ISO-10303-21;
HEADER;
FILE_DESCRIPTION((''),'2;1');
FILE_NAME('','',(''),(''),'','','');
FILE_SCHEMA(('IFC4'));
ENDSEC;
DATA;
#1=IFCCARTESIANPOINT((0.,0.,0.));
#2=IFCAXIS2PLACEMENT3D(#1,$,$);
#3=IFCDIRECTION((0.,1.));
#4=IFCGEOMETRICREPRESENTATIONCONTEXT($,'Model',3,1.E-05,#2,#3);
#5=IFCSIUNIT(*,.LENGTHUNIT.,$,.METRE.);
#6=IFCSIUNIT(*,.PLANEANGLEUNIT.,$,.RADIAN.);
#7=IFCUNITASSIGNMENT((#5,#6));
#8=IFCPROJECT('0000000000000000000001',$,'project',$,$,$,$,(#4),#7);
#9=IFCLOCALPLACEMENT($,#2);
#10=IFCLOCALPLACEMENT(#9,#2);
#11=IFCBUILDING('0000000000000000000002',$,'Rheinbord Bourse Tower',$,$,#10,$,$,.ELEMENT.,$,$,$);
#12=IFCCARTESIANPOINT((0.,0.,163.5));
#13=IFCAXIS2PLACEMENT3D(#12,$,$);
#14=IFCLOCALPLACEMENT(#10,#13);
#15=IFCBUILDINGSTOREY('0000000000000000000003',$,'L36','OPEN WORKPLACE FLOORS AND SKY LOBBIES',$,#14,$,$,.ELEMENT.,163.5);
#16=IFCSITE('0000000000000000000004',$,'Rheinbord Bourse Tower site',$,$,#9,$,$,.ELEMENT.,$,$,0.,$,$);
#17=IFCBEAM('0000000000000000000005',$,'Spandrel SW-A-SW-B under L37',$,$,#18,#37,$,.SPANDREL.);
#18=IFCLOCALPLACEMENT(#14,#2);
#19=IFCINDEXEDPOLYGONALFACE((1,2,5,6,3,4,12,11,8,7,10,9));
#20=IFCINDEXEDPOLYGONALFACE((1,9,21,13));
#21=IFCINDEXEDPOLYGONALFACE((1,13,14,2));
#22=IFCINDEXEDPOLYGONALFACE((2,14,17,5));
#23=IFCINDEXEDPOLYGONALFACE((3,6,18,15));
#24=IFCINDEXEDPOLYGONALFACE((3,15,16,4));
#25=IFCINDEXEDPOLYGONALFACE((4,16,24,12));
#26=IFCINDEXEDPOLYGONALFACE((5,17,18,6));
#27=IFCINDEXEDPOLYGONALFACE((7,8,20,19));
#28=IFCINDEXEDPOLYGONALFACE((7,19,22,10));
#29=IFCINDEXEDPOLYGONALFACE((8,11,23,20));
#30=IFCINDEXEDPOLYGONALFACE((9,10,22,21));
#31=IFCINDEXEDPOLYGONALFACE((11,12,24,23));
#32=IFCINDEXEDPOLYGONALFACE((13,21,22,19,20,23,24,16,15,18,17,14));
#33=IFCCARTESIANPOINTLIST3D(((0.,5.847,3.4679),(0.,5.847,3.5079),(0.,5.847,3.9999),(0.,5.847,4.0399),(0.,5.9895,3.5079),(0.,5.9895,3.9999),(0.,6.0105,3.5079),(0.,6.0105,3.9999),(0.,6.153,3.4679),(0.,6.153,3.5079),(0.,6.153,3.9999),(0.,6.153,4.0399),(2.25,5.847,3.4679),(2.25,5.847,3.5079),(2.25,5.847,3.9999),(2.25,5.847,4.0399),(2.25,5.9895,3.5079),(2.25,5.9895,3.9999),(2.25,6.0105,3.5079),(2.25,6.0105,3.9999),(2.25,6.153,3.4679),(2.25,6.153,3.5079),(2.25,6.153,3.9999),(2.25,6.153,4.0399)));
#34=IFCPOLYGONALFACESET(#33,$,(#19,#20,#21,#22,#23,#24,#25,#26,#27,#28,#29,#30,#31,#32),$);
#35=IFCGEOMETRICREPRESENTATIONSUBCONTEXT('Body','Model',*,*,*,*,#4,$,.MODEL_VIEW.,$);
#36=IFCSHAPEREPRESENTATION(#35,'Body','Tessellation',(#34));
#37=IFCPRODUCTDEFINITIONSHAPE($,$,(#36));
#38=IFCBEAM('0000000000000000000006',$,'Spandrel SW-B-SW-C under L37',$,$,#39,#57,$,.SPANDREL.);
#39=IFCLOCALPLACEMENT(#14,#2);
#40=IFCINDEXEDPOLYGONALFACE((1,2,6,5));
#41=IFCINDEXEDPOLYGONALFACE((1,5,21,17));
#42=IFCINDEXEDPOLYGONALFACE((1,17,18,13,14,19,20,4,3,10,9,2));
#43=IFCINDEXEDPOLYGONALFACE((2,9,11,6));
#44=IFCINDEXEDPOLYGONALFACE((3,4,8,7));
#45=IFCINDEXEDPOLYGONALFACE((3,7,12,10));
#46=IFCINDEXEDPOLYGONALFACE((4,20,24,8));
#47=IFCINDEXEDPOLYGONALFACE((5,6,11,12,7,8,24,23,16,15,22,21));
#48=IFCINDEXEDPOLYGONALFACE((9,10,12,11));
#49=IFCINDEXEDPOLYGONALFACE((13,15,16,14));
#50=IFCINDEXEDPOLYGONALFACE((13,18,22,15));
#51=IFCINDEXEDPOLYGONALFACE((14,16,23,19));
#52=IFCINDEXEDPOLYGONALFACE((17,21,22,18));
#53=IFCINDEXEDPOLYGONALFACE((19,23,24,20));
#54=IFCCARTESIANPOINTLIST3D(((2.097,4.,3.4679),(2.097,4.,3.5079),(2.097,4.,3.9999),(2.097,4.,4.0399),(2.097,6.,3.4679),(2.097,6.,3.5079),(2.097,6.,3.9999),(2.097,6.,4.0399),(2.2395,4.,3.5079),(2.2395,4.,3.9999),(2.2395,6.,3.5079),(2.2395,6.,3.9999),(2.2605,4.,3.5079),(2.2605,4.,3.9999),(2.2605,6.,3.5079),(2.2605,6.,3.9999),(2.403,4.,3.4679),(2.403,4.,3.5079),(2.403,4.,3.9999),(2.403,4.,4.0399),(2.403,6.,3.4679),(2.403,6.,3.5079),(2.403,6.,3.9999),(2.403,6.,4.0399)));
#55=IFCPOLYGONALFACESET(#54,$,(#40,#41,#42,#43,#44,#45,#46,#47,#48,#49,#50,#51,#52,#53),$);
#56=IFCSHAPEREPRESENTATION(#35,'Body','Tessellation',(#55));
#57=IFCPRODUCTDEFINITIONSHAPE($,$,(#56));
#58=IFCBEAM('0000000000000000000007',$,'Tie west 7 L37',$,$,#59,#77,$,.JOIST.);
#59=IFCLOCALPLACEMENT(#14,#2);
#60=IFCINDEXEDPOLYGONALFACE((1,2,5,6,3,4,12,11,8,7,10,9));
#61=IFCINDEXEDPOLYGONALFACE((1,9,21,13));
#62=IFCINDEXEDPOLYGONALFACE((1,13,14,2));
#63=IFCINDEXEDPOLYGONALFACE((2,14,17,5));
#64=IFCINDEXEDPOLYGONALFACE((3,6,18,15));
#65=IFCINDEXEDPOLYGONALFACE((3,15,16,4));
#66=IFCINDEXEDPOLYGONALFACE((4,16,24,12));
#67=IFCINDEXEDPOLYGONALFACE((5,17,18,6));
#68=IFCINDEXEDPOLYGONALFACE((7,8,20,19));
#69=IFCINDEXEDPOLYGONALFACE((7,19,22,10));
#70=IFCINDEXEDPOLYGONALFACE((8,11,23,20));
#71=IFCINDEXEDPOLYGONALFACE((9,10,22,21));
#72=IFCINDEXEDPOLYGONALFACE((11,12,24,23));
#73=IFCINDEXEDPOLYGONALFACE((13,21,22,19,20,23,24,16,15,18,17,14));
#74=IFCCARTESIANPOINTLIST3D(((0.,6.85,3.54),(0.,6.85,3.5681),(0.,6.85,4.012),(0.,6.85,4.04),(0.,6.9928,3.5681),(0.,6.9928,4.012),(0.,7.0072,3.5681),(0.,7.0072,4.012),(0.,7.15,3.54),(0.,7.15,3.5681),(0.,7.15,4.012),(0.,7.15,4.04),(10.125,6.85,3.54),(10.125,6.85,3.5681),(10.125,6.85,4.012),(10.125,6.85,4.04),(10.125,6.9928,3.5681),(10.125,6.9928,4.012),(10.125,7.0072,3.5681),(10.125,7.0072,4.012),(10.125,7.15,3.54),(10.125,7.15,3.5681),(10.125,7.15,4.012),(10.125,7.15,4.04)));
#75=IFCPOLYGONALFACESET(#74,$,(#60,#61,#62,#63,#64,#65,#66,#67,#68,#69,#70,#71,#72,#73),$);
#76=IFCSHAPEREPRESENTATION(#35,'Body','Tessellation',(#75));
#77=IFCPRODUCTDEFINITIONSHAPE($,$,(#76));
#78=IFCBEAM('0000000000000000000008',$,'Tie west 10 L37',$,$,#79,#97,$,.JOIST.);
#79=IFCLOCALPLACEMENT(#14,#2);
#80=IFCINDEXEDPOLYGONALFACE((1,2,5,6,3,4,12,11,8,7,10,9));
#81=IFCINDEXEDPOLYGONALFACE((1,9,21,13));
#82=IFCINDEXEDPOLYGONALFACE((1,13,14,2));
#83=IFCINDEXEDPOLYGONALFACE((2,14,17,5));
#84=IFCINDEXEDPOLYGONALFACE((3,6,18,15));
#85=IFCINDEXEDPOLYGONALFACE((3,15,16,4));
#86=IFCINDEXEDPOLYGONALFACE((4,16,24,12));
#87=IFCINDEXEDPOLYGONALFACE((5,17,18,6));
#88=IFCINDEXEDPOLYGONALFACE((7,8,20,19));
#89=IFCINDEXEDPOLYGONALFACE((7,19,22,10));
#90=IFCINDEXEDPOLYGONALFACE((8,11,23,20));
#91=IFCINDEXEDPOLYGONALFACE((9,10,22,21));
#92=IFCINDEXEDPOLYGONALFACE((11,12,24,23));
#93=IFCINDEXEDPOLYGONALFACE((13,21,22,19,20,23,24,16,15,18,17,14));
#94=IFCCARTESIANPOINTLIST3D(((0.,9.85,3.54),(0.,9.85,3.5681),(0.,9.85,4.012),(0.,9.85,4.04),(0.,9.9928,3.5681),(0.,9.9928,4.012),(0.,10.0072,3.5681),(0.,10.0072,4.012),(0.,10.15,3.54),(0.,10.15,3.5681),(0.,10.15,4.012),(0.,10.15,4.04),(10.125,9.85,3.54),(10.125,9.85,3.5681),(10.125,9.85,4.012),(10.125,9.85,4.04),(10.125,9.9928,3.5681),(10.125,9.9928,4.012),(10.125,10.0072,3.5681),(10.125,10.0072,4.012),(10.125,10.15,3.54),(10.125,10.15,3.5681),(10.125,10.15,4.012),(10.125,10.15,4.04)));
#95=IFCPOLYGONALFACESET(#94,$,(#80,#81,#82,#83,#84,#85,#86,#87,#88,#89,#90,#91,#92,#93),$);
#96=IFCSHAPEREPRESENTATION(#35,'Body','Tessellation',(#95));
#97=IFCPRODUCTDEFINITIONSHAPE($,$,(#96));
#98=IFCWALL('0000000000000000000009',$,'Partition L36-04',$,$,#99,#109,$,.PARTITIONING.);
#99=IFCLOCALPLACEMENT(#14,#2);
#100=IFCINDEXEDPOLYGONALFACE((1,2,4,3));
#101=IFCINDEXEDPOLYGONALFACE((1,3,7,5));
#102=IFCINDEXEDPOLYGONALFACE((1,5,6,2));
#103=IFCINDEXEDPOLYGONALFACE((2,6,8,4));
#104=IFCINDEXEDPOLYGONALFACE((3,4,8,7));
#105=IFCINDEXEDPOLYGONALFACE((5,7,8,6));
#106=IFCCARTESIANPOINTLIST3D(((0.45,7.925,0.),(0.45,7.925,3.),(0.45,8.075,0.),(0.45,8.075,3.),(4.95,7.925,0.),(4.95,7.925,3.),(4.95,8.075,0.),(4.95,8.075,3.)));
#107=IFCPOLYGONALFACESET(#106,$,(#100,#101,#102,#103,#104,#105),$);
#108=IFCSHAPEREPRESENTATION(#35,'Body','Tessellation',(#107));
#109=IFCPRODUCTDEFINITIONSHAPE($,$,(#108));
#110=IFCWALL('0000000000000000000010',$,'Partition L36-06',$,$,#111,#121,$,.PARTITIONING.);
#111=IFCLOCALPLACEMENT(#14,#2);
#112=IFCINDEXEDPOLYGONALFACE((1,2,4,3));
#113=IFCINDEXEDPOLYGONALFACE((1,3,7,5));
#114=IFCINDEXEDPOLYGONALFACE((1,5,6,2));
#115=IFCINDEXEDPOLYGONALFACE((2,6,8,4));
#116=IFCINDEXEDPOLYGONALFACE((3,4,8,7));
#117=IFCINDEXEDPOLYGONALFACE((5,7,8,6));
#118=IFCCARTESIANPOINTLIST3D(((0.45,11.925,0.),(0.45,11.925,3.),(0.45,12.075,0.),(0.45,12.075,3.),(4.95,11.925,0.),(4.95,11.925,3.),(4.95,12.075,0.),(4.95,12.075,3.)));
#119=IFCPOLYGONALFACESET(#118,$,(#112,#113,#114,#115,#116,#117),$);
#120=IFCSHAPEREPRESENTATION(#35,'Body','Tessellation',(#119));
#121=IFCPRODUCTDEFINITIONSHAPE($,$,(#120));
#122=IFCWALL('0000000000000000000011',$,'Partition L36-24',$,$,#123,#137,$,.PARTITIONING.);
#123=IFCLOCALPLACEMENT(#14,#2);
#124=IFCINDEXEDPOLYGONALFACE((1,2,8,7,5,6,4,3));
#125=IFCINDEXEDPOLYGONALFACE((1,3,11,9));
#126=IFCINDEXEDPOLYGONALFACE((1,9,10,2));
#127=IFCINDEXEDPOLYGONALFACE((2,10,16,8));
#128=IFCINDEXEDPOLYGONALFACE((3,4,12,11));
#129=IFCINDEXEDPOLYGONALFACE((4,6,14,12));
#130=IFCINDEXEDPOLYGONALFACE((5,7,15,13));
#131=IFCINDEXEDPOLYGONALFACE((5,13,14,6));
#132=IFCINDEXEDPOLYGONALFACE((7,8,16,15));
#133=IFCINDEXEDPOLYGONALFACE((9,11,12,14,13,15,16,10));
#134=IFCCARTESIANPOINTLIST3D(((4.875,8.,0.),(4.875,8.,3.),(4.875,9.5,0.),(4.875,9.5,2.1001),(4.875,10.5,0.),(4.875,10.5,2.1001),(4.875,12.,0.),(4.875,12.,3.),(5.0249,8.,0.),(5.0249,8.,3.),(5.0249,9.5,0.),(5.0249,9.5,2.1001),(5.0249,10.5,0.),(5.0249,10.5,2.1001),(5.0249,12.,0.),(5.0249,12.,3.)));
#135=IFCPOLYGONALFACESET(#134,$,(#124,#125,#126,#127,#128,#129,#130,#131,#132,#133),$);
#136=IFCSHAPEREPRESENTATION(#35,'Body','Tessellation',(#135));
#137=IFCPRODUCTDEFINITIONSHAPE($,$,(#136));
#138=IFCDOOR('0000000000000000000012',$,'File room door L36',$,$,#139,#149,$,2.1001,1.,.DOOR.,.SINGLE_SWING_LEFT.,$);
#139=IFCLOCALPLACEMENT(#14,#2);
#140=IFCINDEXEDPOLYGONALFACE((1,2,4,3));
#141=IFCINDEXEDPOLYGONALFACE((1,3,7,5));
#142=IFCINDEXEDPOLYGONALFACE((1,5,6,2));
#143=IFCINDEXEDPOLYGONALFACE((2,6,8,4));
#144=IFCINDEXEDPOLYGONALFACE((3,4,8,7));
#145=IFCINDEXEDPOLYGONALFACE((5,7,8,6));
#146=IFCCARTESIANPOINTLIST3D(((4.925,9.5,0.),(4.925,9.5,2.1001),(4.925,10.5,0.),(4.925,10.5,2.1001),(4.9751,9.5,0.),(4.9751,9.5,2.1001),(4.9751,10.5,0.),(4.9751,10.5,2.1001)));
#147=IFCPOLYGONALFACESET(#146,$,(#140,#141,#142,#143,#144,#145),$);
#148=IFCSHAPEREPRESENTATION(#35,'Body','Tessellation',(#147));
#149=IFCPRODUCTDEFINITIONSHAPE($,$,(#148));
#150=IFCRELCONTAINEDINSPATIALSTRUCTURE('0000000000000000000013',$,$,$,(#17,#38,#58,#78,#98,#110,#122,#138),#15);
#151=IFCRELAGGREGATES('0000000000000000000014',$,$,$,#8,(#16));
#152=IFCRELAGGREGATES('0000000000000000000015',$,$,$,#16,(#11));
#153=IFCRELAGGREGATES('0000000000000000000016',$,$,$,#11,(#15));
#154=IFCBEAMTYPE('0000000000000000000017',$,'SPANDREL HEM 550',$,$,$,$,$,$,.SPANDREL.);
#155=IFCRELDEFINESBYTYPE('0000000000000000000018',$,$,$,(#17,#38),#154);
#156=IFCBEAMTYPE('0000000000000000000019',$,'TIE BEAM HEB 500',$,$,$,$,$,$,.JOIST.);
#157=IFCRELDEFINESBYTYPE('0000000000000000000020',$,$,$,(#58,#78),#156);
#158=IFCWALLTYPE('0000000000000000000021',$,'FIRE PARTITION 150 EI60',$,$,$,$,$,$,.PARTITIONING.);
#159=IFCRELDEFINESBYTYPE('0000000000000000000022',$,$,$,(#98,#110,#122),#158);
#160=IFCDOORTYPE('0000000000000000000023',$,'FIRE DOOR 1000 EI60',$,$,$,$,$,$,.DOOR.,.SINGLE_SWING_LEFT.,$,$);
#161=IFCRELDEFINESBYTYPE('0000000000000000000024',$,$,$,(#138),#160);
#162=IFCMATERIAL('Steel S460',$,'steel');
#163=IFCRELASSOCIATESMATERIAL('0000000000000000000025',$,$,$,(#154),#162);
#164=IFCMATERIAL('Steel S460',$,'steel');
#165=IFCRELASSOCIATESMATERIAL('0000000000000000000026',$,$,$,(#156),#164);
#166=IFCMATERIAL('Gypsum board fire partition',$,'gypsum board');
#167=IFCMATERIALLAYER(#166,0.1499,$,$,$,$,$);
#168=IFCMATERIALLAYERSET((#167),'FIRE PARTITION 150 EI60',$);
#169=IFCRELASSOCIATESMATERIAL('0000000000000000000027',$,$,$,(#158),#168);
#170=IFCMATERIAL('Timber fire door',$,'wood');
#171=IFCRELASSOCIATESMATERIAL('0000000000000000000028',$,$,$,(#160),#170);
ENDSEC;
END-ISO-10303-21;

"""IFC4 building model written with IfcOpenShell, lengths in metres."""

from ifc_helpers import new_model, si_unit, direction, frame, frame_2d, origin, origin_2d, place, context, subcontext, project, spatial, rectangle, i_section, extrude, material, layer, layer_set, material_profile, profile_set, type_object, element, fill, save


model = new_model("IFC4")

# Units and contexts
model_context = context("Model", 3, precision=1e-05, world=origin(), true_north=direction((0.0, 1.0)))
body_context = subcontext(model_context, "Body", "Model", "MODEL_VIEW")
ifc_project = project(units=[si_unit("LENGTHUNIT", "METRE"), si_unit("PLANEANGLEUNIT", "RADIAN")], contexts=[model_context])

# Site, building, storey
site_placement = place(None, origin())
site = spatial("IfcSite", under=ifc_project, at=site_placement, Name="Rheinbord Bourse Tower site", CompositionType="ELEMENT", RefElevation=0.0)
building_placement = place(site_placement, origin())
building = spatial("IfcBuilding", under=site, at=building_placement, Name="Rheinbord Bourse Tower", CompositionType="ELEMENT")
storey_placement = place(building_placement, frame((0.0, 0.0, 163.5)))
storey = spatial("IfcBuildingStorey", under=building, at=storey_placement, Name="L36", Description="OPEN WORKPLACE FLOORS AND SKY LOBBIES", CompositionType="ELEMENT", Elevation=163.5)

# Beams
ifc_material_1 = material(Name="Steel S460", Category="steel")
ifc_material_profile_1 = material_profile(ifc_material_1, i_section(OverallWidth=0.3059, OverallDepth=0.572, WebThickness=0.021, FlangeThickness=0.04, at=origin_2d()), Name="HEM 550")
ifc_profile_set_1 = profile_set([ifc_material_profile_1], Name="Steel S460")
beam_type_1 = type_object("IfcBeamType", Name="SPANDREL HEM 550", PredefinedType="SPANDREL", material=ifc_profile_set_1)
beam_1_placement = place(storey_placement, frame((0.0, 6.0, 3.7539), z_axis=(1.0, 0.0, 0.0), x_axis=(0.0, 1.0, 0.0)))
element("IfcBeam", 1, at=beam_1_placement, inside=storey, type_object=beam_type_1, Name="Spandrel SW-A-SW-B under L37", PredefinedType="SPANDREL", context=body_context, shape_type="SweptSolid", body=[
    extrude(i_section(OverallWidth=0.3059, OverallDepth=0.572, WebThickness=0.021, FlangeThickness=0.04, at=origin_2d()), origin(), (0.0, 0.0, 1.0), 2.25),
])
beam_2_placement = place(storey_placement, frame((2.25, 6.0, 3.7539), z_axis=(0.0, -1.0, 0.0), x_axis=(1.0, 0.0, 0.0)))
element("IfcBeam", 2, at=beam_2_placement, inside=storey, type_object=beam_type_1, Name="Spandrel SW-B-SW-C under L37", PredefinedType="SPANDREL", context=body_context, shape_type="SweptSolid", body=[
    extrude(i_section(OverallWidth=0.3059, OverallDepth=0.572, WebThickness=0.021, FlangeThickness=0.04, at=origin_2d()), origin(), (0.0, 0.0, 1.0), 2.0),
])
ifc_material_2 = material(Name="Steel S460", Category="steel")
ifc_material_profile_2 = material_profile(ifc_material_2, i_section(OverallWidth=0.3, OverallDepth=0.5, WebThickness=0.0144, FlangeThickness=0.0281, at=origin_2d()), Name="HEB 500")
ifc_profile_set_2 = profile_set([ifc_material_profile_2], Name="Steel S460")
beam_type_2 = type_object("IfcBeamType", Name="TIE BEAM HEB 500", PredefinedType="JOIST", material=ifc_profile_set_2)
for number, where, z_axis, x_axis, name in (
    (3, (0.0, 7.0, 3.79), (1.0, 0.0, 0.0), (0.0, 1.0, 0.0), "Tie west 7 L37"),
    (4, (0.0, 10.0, 3.79), (1.0, 0.0, 0.0), (0.0, 1.0, 0.0), "Tie west 10 L37"),
):
    element("IfcBeam", number, at=place(storey_placement, frame(where, z_axis=z_axis, x_axis=x_axis)), inside=storey, type_object=beam_type_2, Name=name, PredefinedType="JOIST", context=body_context, shape_type="SweptSolid", body=[
        extrude(i_section(OverallWidth=0.3, OverallDepth=0.5, WebThickness=0.0144, FlangeThickness=0.0281, at=origin_2d()), origin(), (0.0, 0.0, 1.0), 10.125),
    ])

# Walls
ifc_material_3 = material(Name="Gypsum board fire partition", Category="gypsum board")
ifc_layer_1 = layer(ifc_material_3, 0.1499)
ifc_layer_set_1 = layer_set([ifc_layer_1], Name="FIRE PARTITION 150 EI60")
wall_type_1 = type_object("IfcWallType", Name="FIRE PARTITION 150 EI60", PredefinedType="PARTITIONING", material=ifc_layer_set_1)
for number, where, z_axis, x_axis, name in (
    (5, (0.45, 8.0, 0.0), (0.0, 0.0, 1.0), (1.0, 0.0, 0.0), "Partition L36-04"),
    (6, (0.45, 12.0, 0.0), (0.0, 0.0, 1.0), (1.0, 0.0, 0.0), "Partition L36-06"),
):
    element("IfcWall", number, at=place(storey_placement, frame(where, z_axis=z_axis, x_axis=x_axis)), inside=storey, type_object=wall_type_1, Name=name, PredefinedType="PARTITIONING", context=body_context, shape_type="SweptSolid", body=[
        extrude(rectangle(XDim=4.5, YDim=0.1499, at=frame_2d((2.25, 0.0))), origin(), (0.0, 0.0, 1.0), 3.0),
    ])

# Wall, opening, door
wall_1_placement = place(storey_placement, frame((4.95, 8.0, 0.0), z_axis=(0.0, 0.0, 1.0), x_axis=(0.0, 1.0, 0.0)))
wall_1 = element("IfcWall", 7, at=wall_1_placement, inside=storey, type_object=wall_type_1, Name="Partition L36-24", PredefinedType="PARTITIONING", context=body_context, shape_type="SweptSolid", body=[
    extrude(rectangle(XDim=4.0, YDim=0.1499, at=frame_2d((2.0, 0.0))), origin(), (0.0, 0.0, 1.0), 3.0),
])
opening_1_placement = place(wall_1_placement, frame((1.5, 0.0, 0.0)))
opening_1 = element("IfcOpeningElement", 8, at=opening_1_placement, cuts=wall_1, PredefinedType="OPENING", context=body_context, shape_type="SweptSolid", body=[
    extrude(rectangle(XDim=1.0, YDim=2.1001, at=frame_2d((0.5, 1.05))), frame((0.0, 0.085, 0.0), z_axis=(0.0, -1.0, 0.0), x_axis=(1.0, 0.0, 0.0)), (0.0, 0.0, 1.0), 0.1699),
])
ifc_material_4 = material(Name="Timber fire door", Category="wood")
door_type_1 = type_object("IfcDoorType", Name="FIRE DOOR 1000 EI60", OperationType="SINGLE_SWING_LEFT", PredefinedType="DOOR", material=ifc_material_4)
door_1_placement = place(opening_1_placement, origin())
door_1 = element("IfcDoor", 9, at=door_1_placement, inside=storey, type_object=door_type_1, Name="File room door L36", OperationType="SINGLE_SWING_LEFT", OverallHeight=2.1001, OverallWidth=1.0, PredefinedType="DOOR", context=body_context, shape_type="SweptSolid", body=[
    extrude(rectangle(XDim=1.0, YDim=2.1001, at=frame_2d((0.5, 1.05))), frame((0.0, 0.0249, 0.0), z_axis=(0.0, -1.0, 0.0), x_axis=(1.0, 0.0, 0.0)), (0.0, 0.0, 1.0), 0.05),
])
fill(opening_1, door_1)

save(model, "model.ifc")
